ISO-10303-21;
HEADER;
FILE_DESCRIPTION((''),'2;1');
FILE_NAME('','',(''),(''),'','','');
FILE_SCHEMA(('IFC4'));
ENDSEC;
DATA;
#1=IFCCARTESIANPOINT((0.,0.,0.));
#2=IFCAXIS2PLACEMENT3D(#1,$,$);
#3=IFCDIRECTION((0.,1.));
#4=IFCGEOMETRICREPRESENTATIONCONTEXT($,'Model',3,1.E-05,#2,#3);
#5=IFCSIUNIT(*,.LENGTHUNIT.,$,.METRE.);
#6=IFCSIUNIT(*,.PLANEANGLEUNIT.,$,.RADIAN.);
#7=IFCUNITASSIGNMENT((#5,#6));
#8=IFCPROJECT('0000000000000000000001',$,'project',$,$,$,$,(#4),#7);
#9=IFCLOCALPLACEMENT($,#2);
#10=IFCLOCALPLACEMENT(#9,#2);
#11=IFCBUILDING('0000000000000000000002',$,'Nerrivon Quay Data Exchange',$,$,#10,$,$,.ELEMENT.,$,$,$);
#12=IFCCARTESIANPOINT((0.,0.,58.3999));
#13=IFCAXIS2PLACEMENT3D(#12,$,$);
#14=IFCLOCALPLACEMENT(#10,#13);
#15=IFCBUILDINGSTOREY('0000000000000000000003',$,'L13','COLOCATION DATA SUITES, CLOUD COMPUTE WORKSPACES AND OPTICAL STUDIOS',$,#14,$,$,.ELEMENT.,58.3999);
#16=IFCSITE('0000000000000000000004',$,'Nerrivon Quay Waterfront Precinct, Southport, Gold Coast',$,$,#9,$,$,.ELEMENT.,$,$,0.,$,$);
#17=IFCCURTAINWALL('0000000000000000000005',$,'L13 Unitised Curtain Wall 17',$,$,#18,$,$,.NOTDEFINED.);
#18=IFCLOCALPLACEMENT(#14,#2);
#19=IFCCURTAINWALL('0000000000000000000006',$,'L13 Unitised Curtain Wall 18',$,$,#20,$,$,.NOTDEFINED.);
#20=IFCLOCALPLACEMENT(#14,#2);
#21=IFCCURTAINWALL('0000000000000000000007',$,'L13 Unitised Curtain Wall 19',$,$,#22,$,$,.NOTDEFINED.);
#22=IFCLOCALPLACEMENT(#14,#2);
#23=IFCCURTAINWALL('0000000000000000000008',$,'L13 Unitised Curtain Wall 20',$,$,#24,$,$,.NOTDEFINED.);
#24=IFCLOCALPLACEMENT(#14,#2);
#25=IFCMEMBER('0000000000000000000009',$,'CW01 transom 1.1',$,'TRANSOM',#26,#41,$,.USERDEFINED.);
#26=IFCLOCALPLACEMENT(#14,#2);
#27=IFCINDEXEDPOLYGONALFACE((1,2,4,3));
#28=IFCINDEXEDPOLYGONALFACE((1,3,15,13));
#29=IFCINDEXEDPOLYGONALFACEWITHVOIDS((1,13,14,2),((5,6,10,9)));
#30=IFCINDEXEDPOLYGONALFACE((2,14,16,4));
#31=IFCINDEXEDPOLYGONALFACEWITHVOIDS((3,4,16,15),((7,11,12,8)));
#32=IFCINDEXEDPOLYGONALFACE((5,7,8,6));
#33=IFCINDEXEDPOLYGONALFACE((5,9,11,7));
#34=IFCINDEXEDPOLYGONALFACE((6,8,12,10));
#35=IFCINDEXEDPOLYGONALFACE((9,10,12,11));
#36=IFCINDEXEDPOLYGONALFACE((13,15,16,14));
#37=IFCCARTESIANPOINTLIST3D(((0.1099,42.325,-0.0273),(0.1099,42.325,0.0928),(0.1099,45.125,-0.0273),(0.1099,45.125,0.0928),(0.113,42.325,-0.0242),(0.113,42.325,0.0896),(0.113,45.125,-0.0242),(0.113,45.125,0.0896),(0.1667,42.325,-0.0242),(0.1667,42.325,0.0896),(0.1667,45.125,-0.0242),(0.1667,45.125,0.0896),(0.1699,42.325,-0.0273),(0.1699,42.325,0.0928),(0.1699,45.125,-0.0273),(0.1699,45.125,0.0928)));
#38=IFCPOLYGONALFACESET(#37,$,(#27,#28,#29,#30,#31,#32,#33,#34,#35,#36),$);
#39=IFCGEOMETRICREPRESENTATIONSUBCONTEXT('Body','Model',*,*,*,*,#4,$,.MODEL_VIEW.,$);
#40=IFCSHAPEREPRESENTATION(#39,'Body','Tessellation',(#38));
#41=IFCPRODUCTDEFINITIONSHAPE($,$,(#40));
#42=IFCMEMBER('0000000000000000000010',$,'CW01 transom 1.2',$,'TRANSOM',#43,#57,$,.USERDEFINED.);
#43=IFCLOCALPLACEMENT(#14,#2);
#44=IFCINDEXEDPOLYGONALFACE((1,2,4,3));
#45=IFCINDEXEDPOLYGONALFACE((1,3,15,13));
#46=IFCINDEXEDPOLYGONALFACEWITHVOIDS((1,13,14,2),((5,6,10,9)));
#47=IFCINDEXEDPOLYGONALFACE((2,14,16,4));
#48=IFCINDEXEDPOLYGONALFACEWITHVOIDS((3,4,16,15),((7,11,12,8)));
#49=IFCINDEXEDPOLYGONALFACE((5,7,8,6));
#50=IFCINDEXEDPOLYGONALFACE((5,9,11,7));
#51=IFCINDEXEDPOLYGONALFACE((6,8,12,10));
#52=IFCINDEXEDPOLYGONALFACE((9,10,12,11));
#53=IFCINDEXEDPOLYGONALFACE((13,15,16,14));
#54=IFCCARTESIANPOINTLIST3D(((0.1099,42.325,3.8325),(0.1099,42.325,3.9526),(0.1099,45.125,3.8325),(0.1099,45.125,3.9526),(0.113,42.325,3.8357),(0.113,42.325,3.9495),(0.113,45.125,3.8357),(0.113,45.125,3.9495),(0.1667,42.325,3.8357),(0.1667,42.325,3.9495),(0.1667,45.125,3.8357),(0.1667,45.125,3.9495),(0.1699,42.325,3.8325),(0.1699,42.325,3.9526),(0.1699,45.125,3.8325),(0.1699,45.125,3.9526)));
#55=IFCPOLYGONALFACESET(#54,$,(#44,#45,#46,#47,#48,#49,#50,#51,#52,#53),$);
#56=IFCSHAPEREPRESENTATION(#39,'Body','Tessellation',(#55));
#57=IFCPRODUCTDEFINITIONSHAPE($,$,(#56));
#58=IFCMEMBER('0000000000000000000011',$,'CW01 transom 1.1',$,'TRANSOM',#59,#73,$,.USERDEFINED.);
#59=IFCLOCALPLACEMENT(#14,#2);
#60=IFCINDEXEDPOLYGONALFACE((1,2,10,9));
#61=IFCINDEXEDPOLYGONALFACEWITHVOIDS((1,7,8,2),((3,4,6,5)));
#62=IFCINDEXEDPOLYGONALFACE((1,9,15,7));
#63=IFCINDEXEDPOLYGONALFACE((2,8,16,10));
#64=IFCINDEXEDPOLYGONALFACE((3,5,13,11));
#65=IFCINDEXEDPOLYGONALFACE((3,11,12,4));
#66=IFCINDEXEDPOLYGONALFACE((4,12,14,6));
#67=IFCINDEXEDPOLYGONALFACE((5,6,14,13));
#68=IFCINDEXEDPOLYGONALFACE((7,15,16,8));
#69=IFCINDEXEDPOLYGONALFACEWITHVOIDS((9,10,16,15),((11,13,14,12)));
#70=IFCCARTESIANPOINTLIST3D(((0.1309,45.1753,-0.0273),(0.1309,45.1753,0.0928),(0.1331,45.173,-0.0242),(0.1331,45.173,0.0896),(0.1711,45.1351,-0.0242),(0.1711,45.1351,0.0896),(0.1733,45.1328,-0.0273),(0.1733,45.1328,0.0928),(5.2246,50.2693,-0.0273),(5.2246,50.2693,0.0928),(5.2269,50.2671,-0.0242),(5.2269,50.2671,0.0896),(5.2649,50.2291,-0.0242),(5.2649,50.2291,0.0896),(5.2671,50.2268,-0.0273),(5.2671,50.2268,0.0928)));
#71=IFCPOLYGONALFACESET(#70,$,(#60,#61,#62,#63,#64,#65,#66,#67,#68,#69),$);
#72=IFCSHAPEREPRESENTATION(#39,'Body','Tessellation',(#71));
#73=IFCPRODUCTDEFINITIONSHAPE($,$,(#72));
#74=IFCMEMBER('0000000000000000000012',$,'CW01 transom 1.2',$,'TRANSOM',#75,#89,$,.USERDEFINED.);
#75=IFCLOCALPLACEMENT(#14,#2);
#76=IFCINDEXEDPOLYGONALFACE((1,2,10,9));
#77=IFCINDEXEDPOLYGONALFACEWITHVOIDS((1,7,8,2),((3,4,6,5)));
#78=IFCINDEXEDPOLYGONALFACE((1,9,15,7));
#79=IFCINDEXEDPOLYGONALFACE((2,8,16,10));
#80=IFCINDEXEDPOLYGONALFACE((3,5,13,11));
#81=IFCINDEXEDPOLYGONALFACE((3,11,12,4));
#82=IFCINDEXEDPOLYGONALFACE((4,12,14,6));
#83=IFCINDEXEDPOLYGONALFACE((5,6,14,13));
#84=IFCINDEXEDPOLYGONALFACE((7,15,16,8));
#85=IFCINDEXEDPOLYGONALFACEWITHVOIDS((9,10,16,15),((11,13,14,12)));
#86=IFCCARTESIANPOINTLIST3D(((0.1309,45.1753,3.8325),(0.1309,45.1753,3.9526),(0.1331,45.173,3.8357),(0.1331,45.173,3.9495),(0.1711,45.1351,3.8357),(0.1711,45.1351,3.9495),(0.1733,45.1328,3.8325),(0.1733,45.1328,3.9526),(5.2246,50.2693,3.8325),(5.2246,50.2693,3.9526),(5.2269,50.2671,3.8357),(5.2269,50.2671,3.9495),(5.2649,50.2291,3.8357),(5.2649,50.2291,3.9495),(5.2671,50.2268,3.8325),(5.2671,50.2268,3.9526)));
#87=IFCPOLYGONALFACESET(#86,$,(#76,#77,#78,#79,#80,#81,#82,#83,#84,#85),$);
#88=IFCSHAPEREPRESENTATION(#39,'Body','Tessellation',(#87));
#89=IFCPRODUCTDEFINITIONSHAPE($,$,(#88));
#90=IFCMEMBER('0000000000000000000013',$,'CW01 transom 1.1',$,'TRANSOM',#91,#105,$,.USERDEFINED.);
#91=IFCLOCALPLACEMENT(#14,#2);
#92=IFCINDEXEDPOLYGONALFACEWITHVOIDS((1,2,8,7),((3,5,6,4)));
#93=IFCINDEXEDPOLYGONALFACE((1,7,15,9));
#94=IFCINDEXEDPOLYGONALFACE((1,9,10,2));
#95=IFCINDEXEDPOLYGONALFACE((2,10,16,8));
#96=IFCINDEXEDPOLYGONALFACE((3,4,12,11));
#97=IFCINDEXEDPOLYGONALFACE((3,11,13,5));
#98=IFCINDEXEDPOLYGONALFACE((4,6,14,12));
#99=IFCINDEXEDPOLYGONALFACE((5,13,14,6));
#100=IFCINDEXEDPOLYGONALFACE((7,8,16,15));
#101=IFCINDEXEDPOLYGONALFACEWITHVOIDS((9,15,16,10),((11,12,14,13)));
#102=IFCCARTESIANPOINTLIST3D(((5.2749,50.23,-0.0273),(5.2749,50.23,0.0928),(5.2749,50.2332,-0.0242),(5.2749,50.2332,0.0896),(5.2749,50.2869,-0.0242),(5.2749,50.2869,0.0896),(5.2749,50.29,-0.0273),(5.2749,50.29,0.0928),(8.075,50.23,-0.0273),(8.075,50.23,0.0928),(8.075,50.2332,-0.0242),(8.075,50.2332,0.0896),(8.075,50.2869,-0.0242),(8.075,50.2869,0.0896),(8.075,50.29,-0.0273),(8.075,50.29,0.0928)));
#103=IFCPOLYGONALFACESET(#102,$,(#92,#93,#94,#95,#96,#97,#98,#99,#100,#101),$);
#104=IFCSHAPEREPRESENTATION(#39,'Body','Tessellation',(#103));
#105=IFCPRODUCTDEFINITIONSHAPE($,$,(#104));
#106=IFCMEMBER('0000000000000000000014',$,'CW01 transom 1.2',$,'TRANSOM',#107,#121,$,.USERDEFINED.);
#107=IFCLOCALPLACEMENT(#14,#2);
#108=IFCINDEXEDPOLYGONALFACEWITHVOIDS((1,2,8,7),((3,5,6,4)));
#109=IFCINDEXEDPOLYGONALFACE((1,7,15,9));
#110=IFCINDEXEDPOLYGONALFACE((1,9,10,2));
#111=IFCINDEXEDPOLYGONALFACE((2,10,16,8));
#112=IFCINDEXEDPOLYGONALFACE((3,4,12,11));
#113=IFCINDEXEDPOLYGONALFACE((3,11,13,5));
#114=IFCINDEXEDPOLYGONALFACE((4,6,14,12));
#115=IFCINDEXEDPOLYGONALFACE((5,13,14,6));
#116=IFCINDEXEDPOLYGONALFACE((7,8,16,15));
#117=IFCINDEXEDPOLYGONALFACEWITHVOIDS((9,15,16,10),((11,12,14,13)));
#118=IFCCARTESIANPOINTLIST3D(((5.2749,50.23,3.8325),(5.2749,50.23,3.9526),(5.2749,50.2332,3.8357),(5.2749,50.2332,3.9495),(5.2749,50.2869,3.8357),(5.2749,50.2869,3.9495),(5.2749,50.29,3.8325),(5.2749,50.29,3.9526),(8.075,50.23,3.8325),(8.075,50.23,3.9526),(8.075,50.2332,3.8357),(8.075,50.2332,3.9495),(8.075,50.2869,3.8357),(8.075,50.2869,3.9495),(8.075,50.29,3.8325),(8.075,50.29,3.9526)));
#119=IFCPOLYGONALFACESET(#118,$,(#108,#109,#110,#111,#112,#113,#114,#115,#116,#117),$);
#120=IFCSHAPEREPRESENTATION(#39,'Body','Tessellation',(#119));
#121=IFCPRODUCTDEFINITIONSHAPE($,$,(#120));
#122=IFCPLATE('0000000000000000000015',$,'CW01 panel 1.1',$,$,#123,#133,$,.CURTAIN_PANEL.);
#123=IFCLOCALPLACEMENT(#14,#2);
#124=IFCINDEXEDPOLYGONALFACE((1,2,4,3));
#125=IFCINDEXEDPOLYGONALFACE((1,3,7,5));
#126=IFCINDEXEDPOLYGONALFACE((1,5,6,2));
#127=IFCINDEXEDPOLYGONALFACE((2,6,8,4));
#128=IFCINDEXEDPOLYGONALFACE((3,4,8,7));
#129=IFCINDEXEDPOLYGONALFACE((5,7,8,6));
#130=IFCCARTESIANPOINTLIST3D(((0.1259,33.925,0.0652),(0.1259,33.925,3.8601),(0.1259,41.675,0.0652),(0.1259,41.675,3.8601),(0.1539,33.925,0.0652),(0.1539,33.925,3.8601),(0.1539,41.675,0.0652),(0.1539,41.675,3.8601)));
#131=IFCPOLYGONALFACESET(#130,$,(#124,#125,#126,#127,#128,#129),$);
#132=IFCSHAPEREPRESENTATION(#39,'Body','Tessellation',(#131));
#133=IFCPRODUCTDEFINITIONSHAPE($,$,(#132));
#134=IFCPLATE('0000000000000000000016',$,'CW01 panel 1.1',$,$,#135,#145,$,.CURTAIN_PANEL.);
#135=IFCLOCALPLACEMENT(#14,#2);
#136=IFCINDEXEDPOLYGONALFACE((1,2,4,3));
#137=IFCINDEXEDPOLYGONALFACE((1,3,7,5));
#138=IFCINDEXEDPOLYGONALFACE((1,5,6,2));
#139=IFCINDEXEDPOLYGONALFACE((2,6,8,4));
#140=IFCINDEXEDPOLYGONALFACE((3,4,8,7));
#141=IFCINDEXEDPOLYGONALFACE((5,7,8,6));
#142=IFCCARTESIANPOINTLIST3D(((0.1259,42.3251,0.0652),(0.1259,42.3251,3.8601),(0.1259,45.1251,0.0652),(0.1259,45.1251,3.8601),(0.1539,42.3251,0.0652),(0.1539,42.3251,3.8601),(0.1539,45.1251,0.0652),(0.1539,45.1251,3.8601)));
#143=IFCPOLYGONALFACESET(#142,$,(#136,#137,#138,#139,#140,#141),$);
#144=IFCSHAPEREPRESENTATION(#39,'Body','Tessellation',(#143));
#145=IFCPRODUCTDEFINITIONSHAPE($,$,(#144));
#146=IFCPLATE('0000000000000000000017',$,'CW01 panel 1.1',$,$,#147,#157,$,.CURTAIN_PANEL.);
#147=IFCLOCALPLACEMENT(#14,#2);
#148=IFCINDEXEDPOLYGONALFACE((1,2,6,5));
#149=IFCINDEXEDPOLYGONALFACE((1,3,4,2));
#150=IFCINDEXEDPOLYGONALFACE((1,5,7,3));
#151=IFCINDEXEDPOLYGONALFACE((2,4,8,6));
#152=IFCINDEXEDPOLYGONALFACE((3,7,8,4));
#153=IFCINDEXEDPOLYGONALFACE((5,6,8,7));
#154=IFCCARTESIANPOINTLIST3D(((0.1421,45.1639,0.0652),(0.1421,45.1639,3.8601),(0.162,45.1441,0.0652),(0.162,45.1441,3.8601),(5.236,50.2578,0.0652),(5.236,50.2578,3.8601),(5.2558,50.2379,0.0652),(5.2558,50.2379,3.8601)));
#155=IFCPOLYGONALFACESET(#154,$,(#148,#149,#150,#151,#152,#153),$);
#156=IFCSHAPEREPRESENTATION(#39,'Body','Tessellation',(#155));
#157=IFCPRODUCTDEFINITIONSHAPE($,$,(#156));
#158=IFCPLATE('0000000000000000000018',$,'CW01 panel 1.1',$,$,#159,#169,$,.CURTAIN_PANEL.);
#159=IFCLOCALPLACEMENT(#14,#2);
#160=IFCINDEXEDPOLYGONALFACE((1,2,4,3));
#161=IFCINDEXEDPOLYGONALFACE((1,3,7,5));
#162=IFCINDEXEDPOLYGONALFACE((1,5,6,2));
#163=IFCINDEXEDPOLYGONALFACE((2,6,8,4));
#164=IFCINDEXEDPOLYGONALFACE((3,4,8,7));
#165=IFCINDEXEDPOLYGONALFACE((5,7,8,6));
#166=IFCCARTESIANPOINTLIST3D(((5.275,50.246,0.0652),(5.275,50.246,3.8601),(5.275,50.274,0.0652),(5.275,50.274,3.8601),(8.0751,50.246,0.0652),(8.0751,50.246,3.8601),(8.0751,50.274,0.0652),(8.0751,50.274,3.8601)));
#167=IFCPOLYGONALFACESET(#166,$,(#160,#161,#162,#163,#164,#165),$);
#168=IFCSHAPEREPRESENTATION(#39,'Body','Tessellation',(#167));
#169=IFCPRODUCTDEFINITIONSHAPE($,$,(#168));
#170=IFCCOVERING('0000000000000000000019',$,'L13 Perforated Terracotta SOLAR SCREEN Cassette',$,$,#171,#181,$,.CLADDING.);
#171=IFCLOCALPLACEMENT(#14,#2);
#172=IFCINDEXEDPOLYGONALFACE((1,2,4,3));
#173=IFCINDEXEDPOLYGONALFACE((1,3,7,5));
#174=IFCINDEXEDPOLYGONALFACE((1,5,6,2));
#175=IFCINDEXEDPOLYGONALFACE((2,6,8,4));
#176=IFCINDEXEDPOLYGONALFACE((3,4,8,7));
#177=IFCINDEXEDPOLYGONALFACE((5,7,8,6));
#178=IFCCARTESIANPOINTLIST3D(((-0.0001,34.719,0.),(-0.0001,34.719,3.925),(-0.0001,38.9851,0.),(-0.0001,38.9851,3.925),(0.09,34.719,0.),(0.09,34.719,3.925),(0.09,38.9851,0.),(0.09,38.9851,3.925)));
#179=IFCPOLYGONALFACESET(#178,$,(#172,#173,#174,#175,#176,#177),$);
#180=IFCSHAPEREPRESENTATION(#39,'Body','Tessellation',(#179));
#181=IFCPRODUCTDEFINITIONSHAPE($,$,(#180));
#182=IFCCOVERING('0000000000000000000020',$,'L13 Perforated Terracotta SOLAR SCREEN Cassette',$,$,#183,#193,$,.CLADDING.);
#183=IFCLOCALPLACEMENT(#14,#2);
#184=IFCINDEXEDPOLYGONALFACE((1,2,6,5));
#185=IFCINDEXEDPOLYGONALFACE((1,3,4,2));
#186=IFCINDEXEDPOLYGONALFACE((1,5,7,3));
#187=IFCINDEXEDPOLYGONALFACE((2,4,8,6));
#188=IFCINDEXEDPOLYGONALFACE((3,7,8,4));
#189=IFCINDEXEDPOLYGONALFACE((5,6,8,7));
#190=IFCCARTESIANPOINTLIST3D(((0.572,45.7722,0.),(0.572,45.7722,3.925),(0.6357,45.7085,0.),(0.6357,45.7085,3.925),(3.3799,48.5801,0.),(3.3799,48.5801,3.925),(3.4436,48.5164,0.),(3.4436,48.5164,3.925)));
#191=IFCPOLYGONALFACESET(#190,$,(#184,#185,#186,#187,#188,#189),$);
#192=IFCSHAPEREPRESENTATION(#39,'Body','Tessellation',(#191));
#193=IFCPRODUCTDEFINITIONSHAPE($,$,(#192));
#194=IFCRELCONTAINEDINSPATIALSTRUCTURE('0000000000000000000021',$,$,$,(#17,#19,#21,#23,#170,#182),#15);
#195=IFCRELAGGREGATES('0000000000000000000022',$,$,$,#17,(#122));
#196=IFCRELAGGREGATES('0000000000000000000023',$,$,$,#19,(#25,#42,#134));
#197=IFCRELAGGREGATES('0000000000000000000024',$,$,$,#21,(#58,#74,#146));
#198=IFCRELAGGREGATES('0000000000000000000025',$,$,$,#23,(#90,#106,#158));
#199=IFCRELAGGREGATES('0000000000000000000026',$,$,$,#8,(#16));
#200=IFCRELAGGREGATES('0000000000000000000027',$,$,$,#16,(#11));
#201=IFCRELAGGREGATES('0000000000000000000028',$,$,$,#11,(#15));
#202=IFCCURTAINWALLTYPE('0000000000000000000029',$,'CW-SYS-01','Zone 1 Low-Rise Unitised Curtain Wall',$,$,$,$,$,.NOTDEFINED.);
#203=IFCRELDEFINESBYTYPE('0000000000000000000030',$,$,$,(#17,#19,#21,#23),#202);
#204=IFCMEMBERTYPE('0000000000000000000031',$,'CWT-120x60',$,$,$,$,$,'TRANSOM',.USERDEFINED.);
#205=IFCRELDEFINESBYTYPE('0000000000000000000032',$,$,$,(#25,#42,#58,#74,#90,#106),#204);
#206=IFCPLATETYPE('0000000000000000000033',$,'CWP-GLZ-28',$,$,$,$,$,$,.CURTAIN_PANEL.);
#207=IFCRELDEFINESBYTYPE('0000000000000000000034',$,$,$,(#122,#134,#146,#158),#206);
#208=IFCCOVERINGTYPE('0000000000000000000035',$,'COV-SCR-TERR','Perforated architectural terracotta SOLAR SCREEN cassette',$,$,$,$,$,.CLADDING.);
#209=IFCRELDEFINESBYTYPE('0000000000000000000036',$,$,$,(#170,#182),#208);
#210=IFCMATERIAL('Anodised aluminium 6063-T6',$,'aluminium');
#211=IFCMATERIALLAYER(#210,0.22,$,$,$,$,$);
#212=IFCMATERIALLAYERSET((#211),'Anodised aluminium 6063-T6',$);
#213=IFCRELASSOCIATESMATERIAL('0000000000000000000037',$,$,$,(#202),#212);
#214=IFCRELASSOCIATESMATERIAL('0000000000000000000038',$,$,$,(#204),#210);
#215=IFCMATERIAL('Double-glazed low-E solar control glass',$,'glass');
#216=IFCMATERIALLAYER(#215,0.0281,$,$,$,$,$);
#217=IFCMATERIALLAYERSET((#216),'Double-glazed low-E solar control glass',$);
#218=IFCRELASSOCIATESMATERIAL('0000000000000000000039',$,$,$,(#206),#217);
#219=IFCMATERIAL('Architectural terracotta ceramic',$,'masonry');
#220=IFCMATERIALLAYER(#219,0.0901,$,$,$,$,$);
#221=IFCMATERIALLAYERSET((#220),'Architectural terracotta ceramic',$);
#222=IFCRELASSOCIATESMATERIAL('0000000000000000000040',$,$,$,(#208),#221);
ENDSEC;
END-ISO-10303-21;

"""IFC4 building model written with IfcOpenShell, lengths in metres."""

from ifc_helpers import new_model, si_unit, direction, frame, origin, origin_2d, place, context, subcontext, project, spatial, rectangle, hollow_rectangle, extrude, material, layer, layer_set, material_profile, profile_set, type_object, element, aggregate, save


model = new_model("IFC4")

# Units and contexts
model_context = context("Model", 3, precision=1e-05, world=origin(), true_north=direction((0.0, 1.0)))
body_context = subcontext(model_context, "Body", "Model", "MODEL_VIEW")
ifc_project = project(units=[si_unit("LENGTHUNIT", "METRE"), si_unit("PLANEANGLEUNIT", "RADIAN")], contexts=[model_context])

# Site, building, storey
site_placement = place(None, origin())
site = spatial("IfcSite", under=ifc_project, at=site_placement, Name="Nerrivon Quay Waterfront Precinct, Southport, Gold Coast", CompositionType="ELEMENT", RefElevation=0.0)
building_placement = place(site_placement, origin())
building = spatial("IfcBuilding", under=site, at=building_placement, Name="Nerrivon Quay Data Exchange", CompositionType="ELEMENT")
storey_placement = place(building_placement, frame((0.0, 0.0, 58.3999)))
storey = spatial("IfcBuildingStorey", under=building, at=storey_placement, Name="L13", Description="COLOCATION DATA SUITES, CLOUD COMPUTE WORKSPACES AND OPTICAL STUDIOS", CompositionType="ELEMENT", Elevation=58.3999)

# Curtain wall
ifc_material_1 = material(Name="Anodised aluminium 6063-T6", Category="aluminium")
ifc_layer_1 = layer(ifc_material_1, 0.22)
ifc_layer_set_1 = layer_set([ifc_layer_1], Name="Anodised aluminium 6063-T6")
curtain_wall_type = type_object("IfcCurtainWallType", Name="CW-SYS-01", Description="Zone 1 Low-Rise Unitised Curtain Wall", PredefinedType="NOTDEFINED", material=ifc_layer_set_1)
curtain_wall_1_placement = place(storey_placement, origin())
curtain_wall_1 = element("IfcCurtainWall", 1, at=curtain_wall_1_placement, inside=storey, type_object=curtain_wall_type, Name="L13 Unitised Curtain Wall 17", PredefinedType="NOTDEFINED")

# Curtain walls
curtain_wall_2_placement = place(storey_placement, origin())
curtain_wall_2 = element("IfcCurtainWall", 2, at=curtain_wall_2_placement, inside=storey, type_object=curtain_wall_type, Name="L13 Unitised Curtain Wall 18", PredefinedType="NOTDEFINED")
curtain_wall_3_placement = place(storey_placement, origin())
curtain_wall_3 = element("IfcCurtainWall", 3, at=curtain_wall_3_placement, inside=storey, type_object=curtain_wall_type, Name="L13 Unitised Curtain Wall 19", PredefinedType="NOTDEFINED")
curtain_wall_4_placement = place(storey_placement, origin())
curtain_wall_4 = element("IfcCurtainWall", 4, at=curtain_wall_4_placement, inside=storey, type_object=curtain_wall_type, Name="L13 Unitised Curtain Wall 20", PredefinedType="NOTDEFINED")

# Members
ifc_material_profile_1 = material_profile(ifc_material_1, hollow_rectangle(XDim=0.0601, YDim=0.1201, WallThickness=0.0032, at=origin_2d()), Name="ALU-TRAN-120x60")
ifc_profile_set_1 = profile_set([ifc_material_profile_1], Name="Anodised aluminium 6063-T6")
member_type_1 = type_object("IfcMemberType", Name="CWT-120x60", ElementType="TRANSOM", PredefinedType="USERDEFINED", material=ifc_profile_set_1)
member_1_placement = place(storey_placement, frame((0.1399, 42.325, 0.0327), z_axis=(0.0, 1.0, 0.0), x_axis=(-1.0, 0.0, 0.0)))
member_1 = element("IfcMember", 5, at=member_1_placement, type_object=member_type_1, Name="CW01 transom 1.1", ObjectType="TRANSOM", PredefinedType="USERDEFINED", context=body_context, shape_type="SweptSolid", body=[
    extrude(hollow_rectangle(XDim=0.0601, YDim=0.1201, WallThickness=0.0032, at=origin_2d()), origin(), (0.0, 0.0, 1.0), 2.8),
])
member_2_placement = place(storey_placement, frame((0.1399, 42.325, 3.8926), z_axis=(0.0, 1.0, 0.0), x_axis=(-1.0, 0.0, 0.0)))
member_2 = element("IfcMember", 6, at=member_2_placement, type_object=member_type_1, Name="CW01 transom 1.2", ObjectType="TRANSOM", PredefinedType="USERDEFINED", context=body_context, shape_type="SweptSolid", body=[
    extrude(hollow_rectangle(XDim=0.0601, YDim=0.1201, WallThickness=0.0032, at=origin_2d()), origin(), (0.0, 0.0, 1.0), 2.8),
])
member_3_placement = place(storey_placement, frame((0.1521, 45.1541, 0.0327), z_axis=(0.70709, 0.707124, 0.0), x_axis=(-0.707124, 0.70709, 0.0)))
member_3 = element("IfcMember", 7, at=member_3_placement, type_object=member_type_1, Name="CW01 transom 1.1", ObjectType="TRANSOM", PredefinedType="USERDEFINED", context=body_context, shape_type="SweptSolid", body=[
    extrude(hollow_rectangle(XDim=0.0601, YDim=0.1201, WallThickness=0.0032, at=origin_2d()), origin(), (0.0, 0.0, 1.0), 7.2039),
])
member_4_placement = place(storey_placement, frame((0.1521, 45.1541, 3.8926), z_axis=(0.70709, 0.707124, 0.0), x_axis=(-0.707124, 0.70709, 0.0)))
member_4 = element("IfcMember", 8, at=member_4_placement, type_object=member_type_1, Name="CW01 transom 1.2", ObjectType="TRANSOM", PredefinedType="USERDEFINED", context=body_context, shape_type="SweptSolid", body=[
    extrude(hollow_rectangle(XDim=0.0601, YDim=0.1201, WallThickness=0.0032, at=origin_2d()), origin(), (0.0, 0.0, 1.0), 7.2039),
])
member_5_placement = place(storey_placement, frame((5.2749, 50.26, 0.0327), z_axis=(1.0, 0.0, 0.0), x_axis=(0.0, 1.0, 0.0)))
member_5 = element("IfcMember", 9, at=member_5_placement, type_object=member_type_1, Name="CW01 transom 1.1", ObjectType="TRANSOM", PredefinedType="USERDEFINED", context=body_context, shape_type="SweptSolid", body=[
    extrude(hollow_rectangle(XDim=0.0601, YDim=0.1201, WallThickness=0.0032, at=origin_2d()), origin(), (0.0, 0.0, 1.0), 2.8),
])
member_6_placement = place(storey_placement, frame((5.2749, 50.26, 3.8926), z_axis=(1.0, 0.0, 0.0), x_axis=(0.0, 1.0, 0.0)))
member_6 = element("IfcMember", 10, at=member_6_placement, type_object=member_type_1, Name="CW01 transom 1.2", ObjectType="TRANSOM", PredefinedType="USERDEFINED", context=body_context, shape_type="SweptSolid", body=[
    extrude(hollow_rectangle(XDim=0.0601, YDim=0.1201, WallThickness=0.0032, at=origin_2d()), origin(), (0.0, 0.0, 1.0), 2.8),
])

# Plates
ifc_material_2 = material(Name="Double-glazed low-E solar control glass", Category="glass")
ifc_layer_2 = layer(ifc_material_2, 0.0281)
ifc_layer_set_2 = layer_set([ifc_layer_2], Name="Double-glazed low-E solar control glass")
plate_type = type_object("IfcPlateType", Name="CWP-GLZ-28", PredefinedType="CURTAIN_PANEL", material=ifc_layer_set_2)
plate_1_placement = place(storey_placement, frame((0.1399, 37.8, 0.0652), z_axis=(0.0, 0.0, 1.0), x_axis=(0.0, 1.0, 0.0)))
plate_1 = element("IfcPlate", 11, at=plate_1_placement, type_object=plate_type, Name="CW01 panel 1.1", PredefinedType="CURTAIN_PANEL", context=body_context, shape_type="SweptSolid", body=[
    extrude(rectangle(XDim=7.75, YDim=0.0281, at=origin_2d()), origin(), (0.0, 0.0, 1.0), 3.7949),
])
aggregate(curtain_wall_1, [plate_1])
plate_2_placement = place(storey_placement, frame((0.1399, 43.7251, 0.0652), z_axis=(0.0, 0.0, 1.0), x_axis=(0.0, 1.0, 0.0)))
plate_2 = element("IfcPlate", 12, at=plate_2_placement, type_object=plate_type, Name="CW01 panel 1.1", PredefinedType="CURTAIN_PANEL", context=body_context, shape_type="SweptSolid", body=[
    extrude(rectangle(XDim=2.8, YDim=0.0281, at=origin_2d()), origin(), (0.0, 0.0, 1.0), 3.7949),
])
aggregate(curtain_wall_2, [member_1, member_2, plate_2])
plate_3_placement = place(storey_placement, frame((2.699, 47.7009, 0.0652), z_axis=(0.0, 0.0, 1.0), x_axis=(0.707107, 0.707107, 0.0)))
plate_3 = element("IfcPlate", 13, at=plate_3_placement, type_object=plate_type, Name="CW01 panel 1.1", PredefinedType="CURTAIN_PANEL", context=body_context, shape_type="SweptSolid", body=[
    extrude(rectangle(XDim=7.2039, YDim=0.0281, at=origin_2d()), origin(), (0.0, 0.0, 1.0), 3.7949),
])
aggregate(curtain_wall_3, [member_3, member_4, plate_3])
plate_4_placement = place(storey_placement, frame((6.675, 50.26, 0.0652), z_axis=(0.0, 0.0, 1.0), x_axis=(1.0, 0.0, 0.0)))
plate_4 = element("IfcPlate", 14, at=plate_4_placement, type_object=plate_type, Name="CW01 panel 1.1", PredefinedType="CURTAIN_PANEL", context=body_context, shape_type="SweptSolid", body=[
    extrude(rectangle(XDim=2.8, YDim=0.0281, at=origin_2d()), origin(), (0.0, 0.0, 1.0), 3.7949),
])
aggregate(curtain_wall_4, [member_5, member_6, plate_4])

# Coverings
ifc_material_3 = material(Name="Architectural terracotta ceramic", Category="masonry")
ifc_layer_3 = layer(ifc_material_3, 0.0901)
ifc_layer_set_3 = layer_set([ifc_layer_3], Name="Architectural terracotta ceramic")
covering_type = type_object("IfcCoveringType", Name="COV-SCR-TERR", Description="Perforated architectural terracotta SOLAR SCREEN cassette", PredefinedType="CLADDING", material=ifc_layer_set_3)
covering_1_placement = place(storey_placement, frame((0.0449, 36.8521, 0.0), z_axis=(0.0, 0.0, 1.0), x_axis=(0.0, 1.0, 0.0)))
element("IfcCovering", 15, at=covering_1_placement, inside=storey, type_object=covering_type, Name="L13 Perforated Terracotta SOLAR SCREEN Cassette", PredefinedType="CLADDING", context=body_context, shape_type="SweptSolid", body=[
    extrude(rectangle(XDim=4.2661, YDim=0.0901, at=origin_2d()), origin(), (0.0, 0.0, 1.0), 3.925),
])
covering_2_placement = place(storey_placement, frame((2.0078, 47.1443, 0.0), z_axis=(0.0, 0.0, 1.0), x_axis=(0.707107, 0.707107, 0.0)))
element("IfcCovering", 16, at=covering_2_placement, inside=storey, type_object=covering_type, Name="L13 Perforated Terracotta SOLAR SCREEN Cassette", PredefinedType="CLADDING", context=body_context, shape_type="SweptSolid", body=[
    extrude(rectangle(XDim=3.9709, YDim=0.0901, at=origin_2d()), origin(), (0.0, 0.0, 1.0), 3.925),
])

save(model, "model.ifc")
